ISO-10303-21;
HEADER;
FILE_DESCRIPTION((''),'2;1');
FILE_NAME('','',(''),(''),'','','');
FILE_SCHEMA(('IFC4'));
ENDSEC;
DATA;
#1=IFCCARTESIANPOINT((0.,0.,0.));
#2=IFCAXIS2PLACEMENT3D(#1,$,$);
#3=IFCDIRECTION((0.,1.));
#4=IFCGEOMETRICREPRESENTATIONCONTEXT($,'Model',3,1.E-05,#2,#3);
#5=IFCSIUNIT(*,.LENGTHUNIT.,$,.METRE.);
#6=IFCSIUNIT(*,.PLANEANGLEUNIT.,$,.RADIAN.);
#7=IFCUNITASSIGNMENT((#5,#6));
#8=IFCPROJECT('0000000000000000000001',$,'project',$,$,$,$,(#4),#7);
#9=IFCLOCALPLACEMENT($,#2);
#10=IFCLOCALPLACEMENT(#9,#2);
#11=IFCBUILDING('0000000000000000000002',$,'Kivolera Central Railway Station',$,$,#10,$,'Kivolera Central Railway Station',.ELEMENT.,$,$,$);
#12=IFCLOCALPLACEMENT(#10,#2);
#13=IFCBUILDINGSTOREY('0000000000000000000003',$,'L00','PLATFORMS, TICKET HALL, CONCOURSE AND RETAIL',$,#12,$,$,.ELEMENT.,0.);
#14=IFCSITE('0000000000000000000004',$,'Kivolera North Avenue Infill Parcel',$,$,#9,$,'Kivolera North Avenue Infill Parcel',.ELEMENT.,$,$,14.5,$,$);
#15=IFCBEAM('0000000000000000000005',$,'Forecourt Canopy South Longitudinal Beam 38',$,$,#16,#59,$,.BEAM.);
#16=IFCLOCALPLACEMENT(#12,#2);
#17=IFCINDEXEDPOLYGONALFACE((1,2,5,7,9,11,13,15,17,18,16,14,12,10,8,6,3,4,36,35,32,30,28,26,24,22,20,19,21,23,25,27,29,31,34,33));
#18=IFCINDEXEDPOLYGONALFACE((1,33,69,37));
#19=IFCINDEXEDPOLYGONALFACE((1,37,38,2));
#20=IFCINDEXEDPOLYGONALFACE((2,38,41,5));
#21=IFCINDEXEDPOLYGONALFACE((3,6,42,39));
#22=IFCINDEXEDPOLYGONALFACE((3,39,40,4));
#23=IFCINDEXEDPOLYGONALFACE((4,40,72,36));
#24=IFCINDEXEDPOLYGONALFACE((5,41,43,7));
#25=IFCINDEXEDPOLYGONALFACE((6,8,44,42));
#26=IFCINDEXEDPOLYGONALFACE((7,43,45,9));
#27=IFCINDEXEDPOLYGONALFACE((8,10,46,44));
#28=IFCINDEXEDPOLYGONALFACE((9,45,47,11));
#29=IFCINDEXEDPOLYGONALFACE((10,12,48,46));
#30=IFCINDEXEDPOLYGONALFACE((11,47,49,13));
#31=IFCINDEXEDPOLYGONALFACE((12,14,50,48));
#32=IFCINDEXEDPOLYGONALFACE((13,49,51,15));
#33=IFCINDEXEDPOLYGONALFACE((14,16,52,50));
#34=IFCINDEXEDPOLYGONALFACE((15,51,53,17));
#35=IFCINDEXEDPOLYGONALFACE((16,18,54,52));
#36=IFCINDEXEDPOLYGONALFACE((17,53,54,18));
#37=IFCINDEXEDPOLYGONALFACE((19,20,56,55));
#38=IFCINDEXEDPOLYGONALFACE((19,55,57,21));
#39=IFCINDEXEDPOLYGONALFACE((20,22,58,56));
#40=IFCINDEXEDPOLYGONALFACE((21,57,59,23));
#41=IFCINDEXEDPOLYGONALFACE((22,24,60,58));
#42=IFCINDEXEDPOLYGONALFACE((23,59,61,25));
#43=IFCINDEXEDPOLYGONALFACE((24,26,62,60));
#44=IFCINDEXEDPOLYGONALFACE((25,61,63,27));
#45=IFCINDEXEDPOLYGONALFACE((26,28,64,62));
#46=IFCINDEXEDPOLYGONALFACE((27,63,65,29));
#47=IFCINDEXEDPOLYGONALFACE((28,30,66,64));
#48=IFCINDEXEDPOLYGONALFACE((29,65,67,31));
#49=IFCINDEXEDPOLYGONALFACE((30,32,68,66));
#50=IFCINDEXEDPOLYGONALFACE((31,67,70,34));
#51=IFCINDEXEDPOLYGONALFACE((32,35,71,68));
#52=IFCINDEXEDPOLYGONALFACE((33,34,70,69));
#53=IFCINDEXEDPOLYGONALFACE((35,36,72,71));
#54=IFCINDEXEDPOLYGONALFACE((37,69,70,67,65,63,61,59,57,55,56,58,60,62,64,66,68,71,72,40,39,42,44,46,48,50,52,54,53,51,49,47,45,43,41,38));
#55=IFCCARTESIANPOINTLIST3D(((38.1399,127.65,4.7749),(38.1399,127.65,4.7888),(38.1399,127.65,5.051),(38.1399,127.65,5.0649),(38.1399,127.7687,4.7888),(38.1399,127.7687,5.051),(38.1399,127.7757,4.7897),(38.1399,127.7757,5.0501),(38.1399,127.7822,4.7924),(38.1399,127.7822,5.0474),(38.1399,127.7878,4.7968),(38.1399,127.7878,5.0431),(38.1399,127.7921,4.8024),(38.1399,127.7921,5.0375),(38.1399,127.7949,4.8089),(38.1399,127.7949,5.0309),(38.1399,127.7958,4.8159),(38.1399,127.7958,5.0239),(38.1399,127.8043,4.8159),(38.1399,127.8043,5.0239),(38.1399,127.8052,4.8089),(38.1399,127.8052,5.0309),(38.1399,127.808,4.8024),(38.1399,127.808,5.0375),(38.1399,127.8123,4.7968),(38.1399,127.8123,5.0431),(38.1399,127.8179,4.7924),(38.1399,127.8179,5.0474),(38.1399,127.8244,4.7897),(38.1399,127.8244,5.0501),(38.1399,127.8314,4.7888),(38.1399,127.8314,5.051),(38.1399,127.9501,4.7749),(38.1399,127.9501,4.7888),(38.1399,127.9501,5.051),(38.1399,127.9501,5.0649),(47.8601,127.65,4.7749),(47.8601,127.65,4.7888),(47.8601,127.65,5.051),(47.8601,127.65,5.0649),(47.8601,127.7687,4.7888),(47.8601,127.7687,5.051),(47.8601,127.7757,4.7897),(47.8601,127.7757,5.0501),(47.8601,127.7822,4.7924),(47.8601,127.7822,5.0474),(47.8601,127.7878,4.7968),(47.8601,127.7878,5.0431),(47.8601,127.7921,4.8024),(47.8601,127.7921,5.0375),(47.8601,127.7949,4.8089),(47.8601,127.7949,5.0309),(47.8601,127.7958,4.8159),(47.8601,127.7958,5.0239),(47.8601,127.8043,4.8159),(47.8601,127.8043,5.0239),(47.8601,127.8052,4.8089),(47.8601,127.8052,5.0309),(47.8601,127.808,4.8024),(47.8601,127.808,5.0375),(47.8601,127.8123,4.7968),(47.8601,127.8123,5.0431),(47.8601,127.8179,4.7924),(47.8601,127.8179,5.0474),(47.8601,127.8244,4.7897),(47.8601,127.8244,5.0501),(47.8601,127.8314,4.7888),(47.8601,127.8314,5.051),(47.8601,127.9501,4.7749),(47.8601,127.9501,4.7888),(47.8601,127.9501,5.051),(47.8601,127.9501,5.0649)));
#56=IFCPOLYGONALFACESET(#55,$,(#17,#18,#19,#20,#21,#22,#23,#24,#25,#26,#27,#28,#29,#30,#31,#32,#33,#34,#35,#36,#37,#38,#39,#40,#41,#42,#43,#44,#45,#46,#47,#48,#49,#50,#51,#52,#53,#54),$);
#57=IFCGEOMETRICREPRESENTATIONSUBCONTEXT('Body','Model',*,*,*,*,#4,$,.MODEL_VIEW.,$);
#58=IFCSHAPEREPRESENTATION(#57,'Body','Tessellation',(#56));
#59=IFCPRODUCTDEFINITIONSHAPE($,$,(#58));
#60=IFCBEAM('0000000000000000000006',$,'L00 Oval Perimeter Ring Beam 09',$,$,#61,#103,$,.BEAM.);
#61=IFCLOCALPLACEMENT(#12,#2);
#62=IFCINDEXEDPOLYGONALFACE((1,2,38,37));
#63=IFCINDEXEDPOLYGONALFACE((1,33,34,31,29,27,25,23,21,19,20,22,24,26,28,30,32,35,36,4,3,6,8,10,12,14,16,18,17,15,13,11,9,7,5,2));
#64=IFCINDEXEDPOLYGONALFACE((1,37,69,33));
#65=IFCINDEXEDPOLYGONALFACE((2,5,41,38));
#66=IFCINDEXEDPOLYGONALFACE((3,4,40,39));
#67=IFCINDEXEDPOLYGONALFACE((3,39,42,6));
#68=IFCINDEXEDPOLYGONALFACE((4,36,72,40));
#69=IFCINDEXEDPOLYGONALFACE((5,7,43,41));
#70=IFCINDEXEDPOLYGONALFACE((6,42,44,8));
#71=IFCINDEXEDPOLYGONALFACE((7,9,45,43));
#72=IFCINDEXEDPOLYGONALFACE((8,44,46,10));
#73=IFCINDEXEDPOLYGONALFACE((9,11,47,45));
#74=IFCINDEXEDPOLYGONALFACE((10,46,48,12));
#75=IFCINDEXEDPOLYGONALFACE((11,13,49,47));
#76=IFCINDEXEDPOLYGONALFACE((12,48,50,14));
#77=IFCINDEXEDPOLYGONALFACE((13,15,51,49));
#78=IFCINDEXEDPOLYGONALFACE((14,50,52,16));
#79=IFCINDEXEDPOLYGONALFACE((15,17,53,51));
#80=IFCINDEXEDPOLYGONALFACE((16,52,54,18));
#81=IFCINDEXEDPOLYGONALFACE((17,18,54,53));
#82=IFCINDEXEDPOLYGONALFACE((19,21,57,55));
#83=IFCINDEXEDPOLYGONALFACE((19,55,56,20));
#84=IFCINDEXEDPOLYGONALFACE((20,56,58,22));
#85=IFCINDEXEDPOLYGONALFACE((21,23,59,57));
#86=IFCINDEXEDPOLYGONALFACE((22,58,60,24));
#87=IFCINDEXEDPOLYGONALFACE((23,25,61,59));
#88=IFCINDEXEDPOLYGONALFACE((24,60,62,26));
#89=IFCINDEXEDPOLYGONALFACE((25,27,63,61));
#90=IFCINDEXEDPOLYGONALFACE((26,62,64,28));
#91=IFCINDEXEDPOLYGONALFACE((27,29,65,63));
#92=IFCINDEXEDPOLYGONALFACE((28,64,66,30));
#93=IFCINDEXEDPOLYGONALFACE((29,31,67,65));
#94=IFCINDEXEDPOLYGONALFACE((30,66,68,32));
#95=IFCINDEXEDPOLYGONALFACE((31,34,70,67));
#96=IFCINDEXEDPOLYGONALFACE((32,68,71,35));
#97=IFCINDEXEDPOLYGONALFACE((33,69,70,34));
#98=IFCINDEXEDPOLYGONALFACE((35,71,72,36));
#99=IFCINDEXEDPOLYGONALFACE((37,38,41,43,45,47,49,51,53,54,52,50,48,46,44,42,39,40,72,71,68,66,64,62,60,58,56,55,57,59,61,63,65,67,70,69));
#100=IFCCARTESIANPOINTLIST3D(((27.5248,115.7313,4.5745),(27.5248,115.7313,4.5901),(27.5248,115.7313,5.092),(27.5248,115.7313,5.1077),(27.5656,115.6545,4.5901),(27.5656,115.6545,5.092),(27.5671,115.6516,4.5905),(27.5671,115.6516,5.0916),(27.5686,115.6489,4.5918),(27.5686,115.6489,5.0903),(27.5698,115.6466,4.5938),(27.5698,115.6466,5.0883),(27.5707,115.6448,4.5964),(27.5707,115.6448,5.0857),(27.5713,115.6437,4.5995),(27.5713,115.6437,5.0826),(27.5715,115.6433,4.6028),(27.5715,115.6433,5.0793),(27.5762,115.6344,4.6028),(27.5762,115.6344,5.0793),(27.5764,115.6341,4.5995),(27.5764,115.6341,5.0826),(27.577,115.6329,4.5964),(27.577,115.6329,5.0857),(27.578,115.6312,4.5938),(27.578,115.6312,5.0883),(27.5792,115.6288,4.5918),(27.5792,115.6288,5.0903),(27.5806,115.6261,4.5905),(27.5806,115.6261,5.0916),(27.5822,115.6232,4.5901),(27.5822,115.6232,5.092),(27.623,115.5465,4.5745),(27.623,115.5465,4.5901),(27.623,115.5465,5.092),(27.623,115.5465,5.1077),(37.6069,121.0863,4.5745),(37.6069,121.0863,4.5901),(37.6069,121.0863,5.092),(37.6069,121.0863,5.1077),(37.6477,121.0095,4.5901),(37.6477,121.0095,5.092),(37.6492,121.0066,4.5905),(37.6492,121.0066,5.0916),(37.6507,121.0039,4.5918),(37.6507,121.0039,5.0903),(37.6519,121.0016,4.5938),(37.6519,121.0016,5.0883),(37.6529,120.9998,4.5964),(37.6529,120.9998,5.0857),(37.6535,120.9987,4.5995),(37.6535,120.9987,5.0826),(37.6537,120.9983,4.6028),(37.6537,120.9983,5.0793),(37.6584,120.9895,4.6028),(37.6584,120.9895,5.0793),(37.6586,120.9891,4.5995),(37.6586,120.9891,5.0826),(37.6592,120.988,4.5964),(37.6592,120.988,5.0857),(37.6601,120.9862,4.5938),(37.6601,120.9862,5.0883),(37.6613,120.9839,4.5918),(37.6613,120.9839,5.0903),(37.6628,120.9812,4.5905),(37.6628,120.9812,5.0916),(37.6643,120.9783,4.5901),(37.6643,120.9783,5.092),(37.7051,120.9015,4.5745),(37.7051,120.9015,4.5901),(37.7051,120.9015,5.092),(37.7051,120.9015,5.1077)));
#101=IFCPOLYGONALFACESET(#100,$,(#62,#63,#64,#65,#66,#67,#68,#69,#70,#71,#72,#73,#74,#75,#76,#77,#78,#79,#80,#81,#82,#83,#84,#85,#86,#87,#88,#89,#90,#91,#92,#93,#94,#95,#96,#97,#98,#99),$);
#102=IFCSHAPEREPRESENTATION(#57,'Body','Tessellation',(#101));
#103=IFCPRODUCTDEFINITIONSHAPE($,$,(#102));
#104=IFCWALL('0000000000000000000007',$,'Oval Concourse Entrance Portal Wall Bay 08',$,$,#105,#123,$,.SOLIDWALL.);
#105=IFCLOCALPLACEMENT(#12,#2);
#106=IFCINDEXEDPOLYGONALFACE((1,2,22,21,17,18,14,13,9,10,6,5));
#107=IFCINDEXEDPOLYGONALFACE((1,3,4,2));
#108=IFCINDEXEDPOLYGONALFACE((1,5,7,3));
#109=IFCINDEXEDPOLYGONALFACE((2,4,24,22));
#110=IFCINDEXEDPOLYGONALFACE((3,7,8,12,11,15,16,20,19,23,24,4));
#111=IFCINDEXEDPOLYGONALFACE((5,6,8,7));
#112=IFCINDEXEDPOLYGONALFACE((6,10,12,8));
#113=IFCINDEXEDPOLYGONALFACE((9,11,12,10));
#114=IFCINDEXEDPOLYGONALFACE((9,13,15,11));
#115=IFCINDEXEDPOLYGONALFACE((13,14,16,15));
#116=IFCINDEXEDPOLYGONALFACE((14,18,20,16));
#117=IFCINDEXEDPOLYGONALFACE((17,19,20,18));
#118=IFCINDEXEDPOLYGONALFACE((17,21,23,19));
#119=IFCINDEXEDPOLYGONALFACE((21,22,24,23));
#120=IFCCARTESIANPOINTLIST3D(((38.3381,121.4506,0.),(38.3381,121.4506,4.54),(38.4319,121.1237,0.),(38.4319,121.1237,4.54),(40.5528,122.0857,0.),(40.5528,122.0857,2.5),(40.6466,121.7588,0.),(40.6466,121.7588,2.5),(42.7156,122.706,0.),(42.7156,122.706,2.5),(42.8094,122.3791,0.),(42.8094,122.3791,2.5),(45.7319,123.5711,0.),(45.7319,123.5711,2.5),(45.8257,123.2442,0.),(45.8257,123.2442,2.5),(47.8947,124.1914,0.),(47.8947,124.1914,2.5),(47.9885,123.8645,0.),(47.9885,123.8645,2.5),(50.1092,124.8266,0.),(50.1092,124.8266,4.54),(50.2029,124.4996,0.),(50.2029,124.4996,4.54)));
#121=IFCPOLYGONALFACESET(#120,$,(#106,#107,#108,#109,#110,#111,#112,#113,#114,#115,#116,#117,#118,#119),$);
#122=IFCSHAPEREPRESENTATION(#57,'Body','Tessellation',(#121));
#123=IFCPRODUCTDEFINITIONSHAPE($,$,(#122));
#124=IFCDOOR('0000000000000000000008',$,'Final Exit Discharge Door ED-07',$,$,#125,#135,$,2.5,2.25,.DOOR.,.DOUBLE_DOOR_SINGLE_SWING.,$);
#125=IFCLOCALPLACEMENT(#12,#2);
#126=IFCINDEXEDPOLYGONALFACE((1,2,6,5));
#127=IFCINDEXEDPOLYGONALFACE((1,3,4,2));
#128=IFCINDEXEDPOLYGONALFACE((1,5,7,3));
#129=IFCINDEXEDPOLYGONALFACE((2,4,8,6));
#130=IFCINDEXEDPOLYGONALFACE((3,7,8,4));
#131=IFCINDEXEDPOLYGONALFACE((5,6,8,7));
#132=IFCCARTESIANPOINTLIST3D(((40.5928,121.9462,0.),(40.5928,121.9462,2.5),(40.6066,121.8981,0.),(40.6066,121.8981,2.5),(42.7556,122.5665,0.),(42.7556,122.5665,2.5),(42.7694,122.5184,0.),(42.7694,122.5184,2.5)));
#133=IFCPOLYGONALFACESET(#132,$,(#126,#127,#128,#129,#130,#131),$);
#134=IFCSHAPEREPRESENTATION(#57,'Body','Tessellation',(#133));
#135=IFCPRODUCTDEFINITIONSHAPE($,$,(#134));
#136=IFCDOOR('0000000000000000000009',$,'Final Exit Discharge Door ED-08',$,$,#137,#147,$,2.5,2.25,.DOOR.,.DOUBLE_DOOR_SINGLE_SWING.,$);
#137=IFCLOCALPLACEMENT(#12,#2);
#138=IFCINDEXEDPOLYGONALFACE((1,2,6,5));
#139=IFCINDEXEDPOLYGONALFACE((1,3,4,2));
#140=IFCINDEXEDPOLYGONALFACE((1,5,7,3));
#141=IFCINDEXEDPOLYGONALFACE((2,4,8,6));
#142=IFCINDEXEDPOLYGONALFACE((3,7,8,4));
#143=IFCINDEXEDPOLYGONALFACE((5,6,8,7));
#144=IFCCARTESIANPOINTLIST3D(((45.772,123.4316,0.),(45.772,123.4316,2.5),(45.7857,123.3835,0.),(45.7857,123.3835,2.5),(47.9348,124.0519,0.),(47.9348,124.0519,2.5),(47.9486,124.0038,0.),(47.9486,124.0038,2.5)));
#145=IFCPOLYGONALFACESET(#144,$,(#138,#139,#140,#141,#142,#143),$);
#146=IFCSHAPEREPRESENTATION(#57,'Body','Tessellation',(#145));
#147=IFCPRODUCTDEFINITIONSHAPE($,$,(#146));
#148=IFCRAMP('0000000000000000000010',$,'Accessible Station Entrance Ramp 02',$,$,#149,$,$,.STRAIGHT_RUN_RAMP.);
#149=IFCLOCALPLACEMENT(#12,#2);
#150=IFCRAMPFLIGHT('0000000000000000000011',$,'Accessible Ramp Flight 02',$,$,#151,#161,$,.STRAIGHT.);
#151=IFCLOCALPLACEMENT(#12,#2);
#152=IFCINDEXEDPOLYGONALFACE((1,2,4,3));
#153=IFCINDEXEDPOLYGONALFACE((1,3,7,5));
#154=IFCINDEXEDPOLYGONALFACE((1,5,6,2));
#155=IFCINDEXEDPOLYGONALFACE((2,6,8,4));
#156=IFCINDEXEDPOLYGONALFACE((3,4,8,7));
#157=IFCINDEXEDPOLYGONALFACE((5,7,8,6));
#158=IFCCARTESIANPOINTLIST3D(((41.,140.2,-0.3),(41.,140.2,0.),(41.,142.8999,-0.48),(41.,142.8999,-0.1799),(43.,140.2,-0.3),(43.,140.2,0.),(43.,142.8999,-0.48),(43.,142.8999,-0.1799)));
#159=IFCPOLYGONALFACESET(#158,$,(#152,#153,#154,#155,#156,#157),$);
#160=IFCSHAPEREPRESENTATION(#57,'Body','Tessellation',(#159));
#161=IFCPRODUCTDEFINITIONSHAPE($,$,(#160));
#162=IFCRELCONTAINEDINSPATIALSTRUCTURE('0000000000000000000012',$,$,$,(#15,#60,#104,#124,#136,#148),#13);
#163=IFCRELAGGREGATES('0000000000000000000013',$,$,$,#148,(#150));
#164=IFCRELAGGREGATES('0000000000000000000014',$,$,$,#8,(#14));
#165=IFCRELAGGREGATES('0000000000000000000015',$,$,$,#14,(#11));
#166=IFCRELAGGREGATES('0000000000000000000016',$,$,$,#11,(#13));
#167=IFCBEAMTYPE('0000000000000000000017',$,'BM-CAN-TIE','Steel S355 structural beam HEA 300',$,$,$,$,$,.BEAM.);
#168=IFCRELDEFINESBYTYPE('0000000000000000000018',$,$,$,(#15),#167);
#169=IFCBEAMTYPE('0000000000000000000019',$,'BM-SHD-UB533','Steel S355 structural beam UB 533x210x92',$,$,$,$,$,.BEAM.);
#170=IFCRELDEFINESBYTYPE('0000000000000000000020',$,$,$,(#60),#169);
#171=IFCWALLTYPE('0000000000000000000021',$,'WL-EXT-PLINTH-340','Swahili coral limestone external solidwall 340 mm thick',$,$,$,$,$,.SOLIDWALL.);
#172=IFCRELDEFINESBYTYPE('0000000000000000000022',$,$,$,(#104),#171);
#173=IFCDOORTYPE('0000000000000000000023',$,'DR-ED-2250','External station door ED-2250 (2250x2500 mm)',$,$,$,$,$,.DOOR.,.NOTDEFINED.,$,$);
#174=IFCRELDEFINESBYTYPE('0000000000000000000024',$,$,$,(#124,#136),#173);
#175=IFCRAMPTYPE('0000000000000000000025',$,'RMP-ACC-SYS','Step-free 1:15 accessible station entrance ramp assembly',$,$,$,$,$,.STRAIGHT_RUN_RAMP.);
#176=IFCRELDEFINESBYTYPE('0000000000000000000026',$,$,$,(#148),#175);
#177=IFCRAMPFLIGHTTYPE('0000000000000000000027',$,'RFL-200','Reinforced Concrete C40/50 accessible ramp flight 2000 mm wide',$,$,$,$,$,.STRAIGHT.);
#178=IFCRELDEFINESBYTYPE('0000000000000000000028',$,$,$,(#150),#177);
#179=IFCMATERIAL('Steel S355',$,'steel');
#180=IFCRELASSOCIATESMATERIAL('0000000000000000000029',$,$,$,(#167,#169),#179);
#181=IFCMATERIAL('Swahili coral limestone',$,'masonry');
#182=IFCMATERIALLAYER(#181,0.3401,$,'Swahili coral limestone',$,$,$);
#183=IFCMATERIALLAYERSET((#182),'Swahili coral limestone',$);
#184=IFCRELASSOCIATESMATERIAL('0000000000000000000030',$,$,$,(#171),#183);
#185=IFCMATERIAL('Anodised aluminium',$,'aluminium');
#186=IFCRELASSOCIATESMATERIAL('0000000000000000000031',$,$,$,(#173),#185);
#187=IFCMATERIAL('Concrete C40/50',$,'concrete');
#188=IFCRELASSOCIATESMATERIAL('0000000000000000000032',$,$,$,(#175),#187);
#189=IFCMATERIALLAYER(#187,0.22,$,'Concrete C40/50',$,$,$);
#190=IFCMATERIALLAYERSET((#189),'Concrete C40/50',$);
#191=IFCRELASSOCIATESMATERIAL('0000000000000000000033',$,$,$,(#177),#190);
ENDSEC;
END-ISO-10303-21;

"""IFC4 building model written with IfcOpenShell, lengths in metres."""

from ifc_helpers import new_model, si_unit, direction, frame, frame_2d, origin, origin_2d, place, context, subcontext, project, spatial, polyline, rectangle, i_section, outline, extrude, material, layer, layer_set, material_profile, profile_set, type_object, element, fill, aggregate, save


model = new_model("IFC4")

# Units and contexts
model_context = context("Model", 3, precision=1e-05, world=origin(), true_north=direction((0.0, 1.0)))
body_context = subcontext(model_context, "Body", "Model", "MODEL_VIEW")
ifc_project = project(units=[si_unit("LENGTHUNIT", "METRE"), si_unit("PLANEANGLEUNIT", "RADIAN")], contexts=[model_context])

# Site, building, storey
site_placement = place(None, origin())
site = spatial("IfcSite", under=ifc_project, at=site_placement, Name="Kivolera North Avenue Infill Parcel", LongName="Kivolera North Avenue Infill Parcel", CompositionType="ELEMENT", RefElevation=14.5)
building_placement = place(site_placement, origin())
building = spatial("IfcBuilding", under=site, at=building_placement, Name="Kivolera Central Railway Station", LongName="Kivolera Central Railway Station", CompositionType="ELEMENT")
storey_placement = place(building_placement, origin())
storey = spatial("IfcBuildingStorey", under=building, at=storey_placement, Name="L00", Description="PLATFORMS, TICKET HALL, CONCOURSE AND RETAIL", CompositionType="ELEMENT", Elevation=0.0)

# Shared definitions
ifc_material_1 = material(Name="Concrete C40/50", Category="concrete")
ifc_material_2 = material(Name="Steel S355", Category="steel")

# Beams
ifc_material_profile_1 = material_profile(ifc_material_2, i_section(OverallWidth=0.3, OverallDepth=0.29, WebThickness=0.0085, FlangeThickness=0.0139, FilletRadius=0.0271, at=origin_2d()), Name="HEA 300")
ifc_profile_set_1 = profile_set([ifc_material_profile_1], Name="Steel S355")
beam_type_1 = type_object("IfcBeamType", Name="BM-CAN-TIE", Description="Steel S355 structural beam HEA 300", PredefinedType="BEAM", material=ifc_profile_set_1)
beam_1_placement = place(storey_placement, frame((38.1399, 127.8, 4.9199), z_axis=(1.0, 0.0, 0.0), x_axis=(0.0, 1.0, 0.0)))
element("IfcBeam", 1, at=beam_1_placement, inside=storey, type_object=beam_type_1, Name="Forecourt Canopy South Longitudinal Beam 38", PredefinedType="BEAM", context=body_context, shape_type="SweptSolid", body=[
    extrude(i_section(OverallWidth=0.3, OverallDepth=0.29, WebThickness=0.0085, FlangeThickness=0.0139, FilletRadius=0.0271, at=origin_2d()), origin(), (0.0, 0.0, 1.0), 9.7202),
])
ifc_material_profile_2 = material_profile(ifc_material_2, i_section(OverallWidth=0.2092, OverallDepth=0.5332, WebThickness=0.01, FlangeThickness=0.0156, FilletRadius=0.0127, at=origin_2d()), Name="UB 533x210x92")
ifc_profile_set_2 = profile_set([ifc_material_profile_2], Name="Steel S355")
beam_type_2 = type_object("IfcBeamType", Name="BM-SHD-UB533", Description="Steel S355 structural beam UB 533x210x92", PredefinedType="BEAM", material=ifc_profile_set_2)
beam_2_placement = place(storey_placement, frame((37.656, 120.9939, 4.8411), z_axis=(-0.883156, -0.46908, 0.0), x_axis=(0.46908, -0.883156, 0.0)))
element("IfcBeam", 2, at=beam_2_placement, inside=storey, type_object=beam_type_2, Name="L00 Oval Perimeter Ring Beam 09", PredefinedType="BEAM", context=body_context, shape_type="SweptSolid", body=[
    extrude(i_section(OverallWidth=0.2092, OverallDepth=0.5332, WebThickness=0.01, FlangeThickness=0.0156, FilletRadius=0.0127, at=origin_2d()), origin(), (0.0, 0.0, 1.0), 11.416),
])

# Wall, openings, doors
ifc_material_3 = material(Name="Swahili coral limestone", Category="masonry")
ifc_layer_1 = layer(ifc_material_3, 0.3401, Name="Swahili coral limestone")
ifc_layer_set_1 = layer_set([ifc_layer_1], Name="Swahili coral limestone")
wall_type = type_object("IfcWallType", Name="WL-EXT-PLINTH-340", Description="Swahili coral limestone external solidwall 340 mm thick", PredefinedType="SOLIDWALL", material=ifc_layer_set_1)
wall_placement = place(storey_placement, frame((38.385, 121.2871, 0.0), z_axis=(0.0, 0.0, 1.0), x_axis=(0.961247, 0.27569, 0.0)))
wall = element("IfcWall", 3, at=wall_placement, inside=storey, type_object=wall_type, Name="Oval Concourse Entrance Portal Wall Bay 08", PredefinedType="SOLIDWALL", context=body_context, shape_type="SweptSolid", body=[
    extrude(rectangle(XDim=12.2456, YDim=0.3401, at=frame_2d((6.1228, 0.0))), origin(), (0.0, 0.0, 1.0), 4.54),
])
opening_1_placement = place(wall_placement, frame((2.304, 0.0, 0.0)))
opening_1 = element("IfcOpeningElement", 4, at=opening_1_placement, cuts=wall, PredefinedType="OPENING", context=body_context, shape_type="SweptSolid", body=[
    extrude(rectangle(XDim=2.25, YDim=2.5, at=frame_2d((1.125, 1.25))), frame((0.0, 0.1799, 0.0), z_axis=(0.0, -1.0, 0.0), x_axis=(1.0, 0.0, 0.0)), (0.0, 0.0, 1.0), 0.3601),
])
opening_2_placement = place(wall_placement, frame((7.6919, 0.0, 0.0)))
opening_2 = element("IfcOpeningElement", 5, at=opening_2_placement, cuts=wall, PredefinedType="OPENING", context=body_context, shape_type="SweptSolid", body=[
    extrude(rectangle(XDim=2.25, YDim=2.5, at=frame_2d((1.125, 1.25))), frame((0.0, 0.1799, 0.0), z_axis=(0.0, -1.0, 0.0), x_axis=(1.0, 0.0, 0.0)), (0.0, 0.0, 1.0), 0.3601),
])
ifc_material_4 = material(Name="Anodised aluminium", Category="aluminium")
door_type = type_object("IfcDoorType", Name="DR-ED-2250", Description="External station door ED-2250 (2250x2500 mm)", OperationType="NOTDEFINED", PredefinedType="DOOR", material=ifc_material_4)
door_1_placement = place(opening_1_placement, origin())
door_1 = element("IfcDoor", 6, at=door_1_placement, inside=storey, type_object=door_type, Name="Final Exit Discharge Door ED-07", OperationType="DOUBLE_DOOR_SINGLE_SWING", OverallHeight=2.5, OverallWidth=2.25, PredefinedType="DOOR", context=body_context, shape_type="SweptSolid", body=[
    extrude(rectangle(XDim=2.25, YDim=2.5, at=frame_2d((1.125, 1.25))), frame((0.0, 0.0249, 0.0), z_axis=(0.0, -1.0, 0.0), x_axis=(1.0, 0.0, 0.0)), (0.0, 0.0, 1.0), 0.05),
])
fill(opening_1, door_1)
door_2_placement = place(opening_2_placement, origin())
door_2 = element("IfcDoor", 7, at=door_2_placement, inside=storey, type_object=door_type, Name="Final Exit Discharge Door ED-08", OperationType="DOUBLE_DOOR_SINGLE_SWING", OverallHeight=2.5, OverallWidth=2.25, PredefinedType="DOOR", context=body_context, shape_type="SweptSolid", body=[
    extrude(rectangle(XDim=2.25, YDim=2.5, at=frame_2d((1.125, 1.25))), frame((0.0, 0.0249, 0.0), z_axis=(0.0, -1.0, 0.0), x_axis=(1.0, 0.0, 0.0)), (0.0, 0.0, 1.0), 0.05),
])
fill(opening_2, door_2)

# Ramp, ramp flight
ramp_type = type_object("IfcRampType", Name="RMP-ACC-SYS", Description="Step-free 1:15 accessible station entrance ramp assembly", PredefinedType="STRAIGHT_RUN_RAMP", material=ifc_material_1)
ramp_placement = place(storey_placement, origin())
ramp = element("IfcRamp", 8, at=ramp_placement, inside=storey, type_object=ramp_type, Name="Accessible Station Entrance Ramp 02", PredefinedType="STRAIGHT_RUN_RAMP")
ifc_layer_2 = layer(ifc_material_1, 0.22, Name="Concrete C40/50")
ifc_layer_set_2 = layer_set([ifc_layer_2], Name="Concrete C40/50")
ramp_flight_type = type_object("IfcRampFlightType", Name="RFL-200", Description="Reinforced Concrete C40/50 accessible ramp flight 2000 mm wide", PredefinedType="STRAIGHT", material=ifc_layer_set_2)
ramp_flight_placement = place(storey_placement, frame((42.0, 142.8999, -0.1799), z_axis=(0.0, 0.0, 1.0), x_axis=(0.0, -1.0, 0.0)))
ramp_flight = element("IfcRampFlight", 9, at=ramp_flight_placement, type_object=ramp_flight_type, Name="Accessible Ramp Flight 02", PredefinedType="STRAIGHT", context=body_context, shape_type="SweptSolid", body=[
    extrude(outline(polyline([(0.0, -0.3), (2.7, -0.1201), (2.7, 0.1799), (0.0, 0.0), (0.0, -0.3)])), frame((0.0, 1.0, 0.0), z_axis=(0.0, -1.0, 0.0), x_axis=(1.0, 0.0, 0.0)), (0.0, 0.0, 1.0), 2.0),
])
aggregate(ramp, [ramp_flight])

save(model, "model.ifc")
